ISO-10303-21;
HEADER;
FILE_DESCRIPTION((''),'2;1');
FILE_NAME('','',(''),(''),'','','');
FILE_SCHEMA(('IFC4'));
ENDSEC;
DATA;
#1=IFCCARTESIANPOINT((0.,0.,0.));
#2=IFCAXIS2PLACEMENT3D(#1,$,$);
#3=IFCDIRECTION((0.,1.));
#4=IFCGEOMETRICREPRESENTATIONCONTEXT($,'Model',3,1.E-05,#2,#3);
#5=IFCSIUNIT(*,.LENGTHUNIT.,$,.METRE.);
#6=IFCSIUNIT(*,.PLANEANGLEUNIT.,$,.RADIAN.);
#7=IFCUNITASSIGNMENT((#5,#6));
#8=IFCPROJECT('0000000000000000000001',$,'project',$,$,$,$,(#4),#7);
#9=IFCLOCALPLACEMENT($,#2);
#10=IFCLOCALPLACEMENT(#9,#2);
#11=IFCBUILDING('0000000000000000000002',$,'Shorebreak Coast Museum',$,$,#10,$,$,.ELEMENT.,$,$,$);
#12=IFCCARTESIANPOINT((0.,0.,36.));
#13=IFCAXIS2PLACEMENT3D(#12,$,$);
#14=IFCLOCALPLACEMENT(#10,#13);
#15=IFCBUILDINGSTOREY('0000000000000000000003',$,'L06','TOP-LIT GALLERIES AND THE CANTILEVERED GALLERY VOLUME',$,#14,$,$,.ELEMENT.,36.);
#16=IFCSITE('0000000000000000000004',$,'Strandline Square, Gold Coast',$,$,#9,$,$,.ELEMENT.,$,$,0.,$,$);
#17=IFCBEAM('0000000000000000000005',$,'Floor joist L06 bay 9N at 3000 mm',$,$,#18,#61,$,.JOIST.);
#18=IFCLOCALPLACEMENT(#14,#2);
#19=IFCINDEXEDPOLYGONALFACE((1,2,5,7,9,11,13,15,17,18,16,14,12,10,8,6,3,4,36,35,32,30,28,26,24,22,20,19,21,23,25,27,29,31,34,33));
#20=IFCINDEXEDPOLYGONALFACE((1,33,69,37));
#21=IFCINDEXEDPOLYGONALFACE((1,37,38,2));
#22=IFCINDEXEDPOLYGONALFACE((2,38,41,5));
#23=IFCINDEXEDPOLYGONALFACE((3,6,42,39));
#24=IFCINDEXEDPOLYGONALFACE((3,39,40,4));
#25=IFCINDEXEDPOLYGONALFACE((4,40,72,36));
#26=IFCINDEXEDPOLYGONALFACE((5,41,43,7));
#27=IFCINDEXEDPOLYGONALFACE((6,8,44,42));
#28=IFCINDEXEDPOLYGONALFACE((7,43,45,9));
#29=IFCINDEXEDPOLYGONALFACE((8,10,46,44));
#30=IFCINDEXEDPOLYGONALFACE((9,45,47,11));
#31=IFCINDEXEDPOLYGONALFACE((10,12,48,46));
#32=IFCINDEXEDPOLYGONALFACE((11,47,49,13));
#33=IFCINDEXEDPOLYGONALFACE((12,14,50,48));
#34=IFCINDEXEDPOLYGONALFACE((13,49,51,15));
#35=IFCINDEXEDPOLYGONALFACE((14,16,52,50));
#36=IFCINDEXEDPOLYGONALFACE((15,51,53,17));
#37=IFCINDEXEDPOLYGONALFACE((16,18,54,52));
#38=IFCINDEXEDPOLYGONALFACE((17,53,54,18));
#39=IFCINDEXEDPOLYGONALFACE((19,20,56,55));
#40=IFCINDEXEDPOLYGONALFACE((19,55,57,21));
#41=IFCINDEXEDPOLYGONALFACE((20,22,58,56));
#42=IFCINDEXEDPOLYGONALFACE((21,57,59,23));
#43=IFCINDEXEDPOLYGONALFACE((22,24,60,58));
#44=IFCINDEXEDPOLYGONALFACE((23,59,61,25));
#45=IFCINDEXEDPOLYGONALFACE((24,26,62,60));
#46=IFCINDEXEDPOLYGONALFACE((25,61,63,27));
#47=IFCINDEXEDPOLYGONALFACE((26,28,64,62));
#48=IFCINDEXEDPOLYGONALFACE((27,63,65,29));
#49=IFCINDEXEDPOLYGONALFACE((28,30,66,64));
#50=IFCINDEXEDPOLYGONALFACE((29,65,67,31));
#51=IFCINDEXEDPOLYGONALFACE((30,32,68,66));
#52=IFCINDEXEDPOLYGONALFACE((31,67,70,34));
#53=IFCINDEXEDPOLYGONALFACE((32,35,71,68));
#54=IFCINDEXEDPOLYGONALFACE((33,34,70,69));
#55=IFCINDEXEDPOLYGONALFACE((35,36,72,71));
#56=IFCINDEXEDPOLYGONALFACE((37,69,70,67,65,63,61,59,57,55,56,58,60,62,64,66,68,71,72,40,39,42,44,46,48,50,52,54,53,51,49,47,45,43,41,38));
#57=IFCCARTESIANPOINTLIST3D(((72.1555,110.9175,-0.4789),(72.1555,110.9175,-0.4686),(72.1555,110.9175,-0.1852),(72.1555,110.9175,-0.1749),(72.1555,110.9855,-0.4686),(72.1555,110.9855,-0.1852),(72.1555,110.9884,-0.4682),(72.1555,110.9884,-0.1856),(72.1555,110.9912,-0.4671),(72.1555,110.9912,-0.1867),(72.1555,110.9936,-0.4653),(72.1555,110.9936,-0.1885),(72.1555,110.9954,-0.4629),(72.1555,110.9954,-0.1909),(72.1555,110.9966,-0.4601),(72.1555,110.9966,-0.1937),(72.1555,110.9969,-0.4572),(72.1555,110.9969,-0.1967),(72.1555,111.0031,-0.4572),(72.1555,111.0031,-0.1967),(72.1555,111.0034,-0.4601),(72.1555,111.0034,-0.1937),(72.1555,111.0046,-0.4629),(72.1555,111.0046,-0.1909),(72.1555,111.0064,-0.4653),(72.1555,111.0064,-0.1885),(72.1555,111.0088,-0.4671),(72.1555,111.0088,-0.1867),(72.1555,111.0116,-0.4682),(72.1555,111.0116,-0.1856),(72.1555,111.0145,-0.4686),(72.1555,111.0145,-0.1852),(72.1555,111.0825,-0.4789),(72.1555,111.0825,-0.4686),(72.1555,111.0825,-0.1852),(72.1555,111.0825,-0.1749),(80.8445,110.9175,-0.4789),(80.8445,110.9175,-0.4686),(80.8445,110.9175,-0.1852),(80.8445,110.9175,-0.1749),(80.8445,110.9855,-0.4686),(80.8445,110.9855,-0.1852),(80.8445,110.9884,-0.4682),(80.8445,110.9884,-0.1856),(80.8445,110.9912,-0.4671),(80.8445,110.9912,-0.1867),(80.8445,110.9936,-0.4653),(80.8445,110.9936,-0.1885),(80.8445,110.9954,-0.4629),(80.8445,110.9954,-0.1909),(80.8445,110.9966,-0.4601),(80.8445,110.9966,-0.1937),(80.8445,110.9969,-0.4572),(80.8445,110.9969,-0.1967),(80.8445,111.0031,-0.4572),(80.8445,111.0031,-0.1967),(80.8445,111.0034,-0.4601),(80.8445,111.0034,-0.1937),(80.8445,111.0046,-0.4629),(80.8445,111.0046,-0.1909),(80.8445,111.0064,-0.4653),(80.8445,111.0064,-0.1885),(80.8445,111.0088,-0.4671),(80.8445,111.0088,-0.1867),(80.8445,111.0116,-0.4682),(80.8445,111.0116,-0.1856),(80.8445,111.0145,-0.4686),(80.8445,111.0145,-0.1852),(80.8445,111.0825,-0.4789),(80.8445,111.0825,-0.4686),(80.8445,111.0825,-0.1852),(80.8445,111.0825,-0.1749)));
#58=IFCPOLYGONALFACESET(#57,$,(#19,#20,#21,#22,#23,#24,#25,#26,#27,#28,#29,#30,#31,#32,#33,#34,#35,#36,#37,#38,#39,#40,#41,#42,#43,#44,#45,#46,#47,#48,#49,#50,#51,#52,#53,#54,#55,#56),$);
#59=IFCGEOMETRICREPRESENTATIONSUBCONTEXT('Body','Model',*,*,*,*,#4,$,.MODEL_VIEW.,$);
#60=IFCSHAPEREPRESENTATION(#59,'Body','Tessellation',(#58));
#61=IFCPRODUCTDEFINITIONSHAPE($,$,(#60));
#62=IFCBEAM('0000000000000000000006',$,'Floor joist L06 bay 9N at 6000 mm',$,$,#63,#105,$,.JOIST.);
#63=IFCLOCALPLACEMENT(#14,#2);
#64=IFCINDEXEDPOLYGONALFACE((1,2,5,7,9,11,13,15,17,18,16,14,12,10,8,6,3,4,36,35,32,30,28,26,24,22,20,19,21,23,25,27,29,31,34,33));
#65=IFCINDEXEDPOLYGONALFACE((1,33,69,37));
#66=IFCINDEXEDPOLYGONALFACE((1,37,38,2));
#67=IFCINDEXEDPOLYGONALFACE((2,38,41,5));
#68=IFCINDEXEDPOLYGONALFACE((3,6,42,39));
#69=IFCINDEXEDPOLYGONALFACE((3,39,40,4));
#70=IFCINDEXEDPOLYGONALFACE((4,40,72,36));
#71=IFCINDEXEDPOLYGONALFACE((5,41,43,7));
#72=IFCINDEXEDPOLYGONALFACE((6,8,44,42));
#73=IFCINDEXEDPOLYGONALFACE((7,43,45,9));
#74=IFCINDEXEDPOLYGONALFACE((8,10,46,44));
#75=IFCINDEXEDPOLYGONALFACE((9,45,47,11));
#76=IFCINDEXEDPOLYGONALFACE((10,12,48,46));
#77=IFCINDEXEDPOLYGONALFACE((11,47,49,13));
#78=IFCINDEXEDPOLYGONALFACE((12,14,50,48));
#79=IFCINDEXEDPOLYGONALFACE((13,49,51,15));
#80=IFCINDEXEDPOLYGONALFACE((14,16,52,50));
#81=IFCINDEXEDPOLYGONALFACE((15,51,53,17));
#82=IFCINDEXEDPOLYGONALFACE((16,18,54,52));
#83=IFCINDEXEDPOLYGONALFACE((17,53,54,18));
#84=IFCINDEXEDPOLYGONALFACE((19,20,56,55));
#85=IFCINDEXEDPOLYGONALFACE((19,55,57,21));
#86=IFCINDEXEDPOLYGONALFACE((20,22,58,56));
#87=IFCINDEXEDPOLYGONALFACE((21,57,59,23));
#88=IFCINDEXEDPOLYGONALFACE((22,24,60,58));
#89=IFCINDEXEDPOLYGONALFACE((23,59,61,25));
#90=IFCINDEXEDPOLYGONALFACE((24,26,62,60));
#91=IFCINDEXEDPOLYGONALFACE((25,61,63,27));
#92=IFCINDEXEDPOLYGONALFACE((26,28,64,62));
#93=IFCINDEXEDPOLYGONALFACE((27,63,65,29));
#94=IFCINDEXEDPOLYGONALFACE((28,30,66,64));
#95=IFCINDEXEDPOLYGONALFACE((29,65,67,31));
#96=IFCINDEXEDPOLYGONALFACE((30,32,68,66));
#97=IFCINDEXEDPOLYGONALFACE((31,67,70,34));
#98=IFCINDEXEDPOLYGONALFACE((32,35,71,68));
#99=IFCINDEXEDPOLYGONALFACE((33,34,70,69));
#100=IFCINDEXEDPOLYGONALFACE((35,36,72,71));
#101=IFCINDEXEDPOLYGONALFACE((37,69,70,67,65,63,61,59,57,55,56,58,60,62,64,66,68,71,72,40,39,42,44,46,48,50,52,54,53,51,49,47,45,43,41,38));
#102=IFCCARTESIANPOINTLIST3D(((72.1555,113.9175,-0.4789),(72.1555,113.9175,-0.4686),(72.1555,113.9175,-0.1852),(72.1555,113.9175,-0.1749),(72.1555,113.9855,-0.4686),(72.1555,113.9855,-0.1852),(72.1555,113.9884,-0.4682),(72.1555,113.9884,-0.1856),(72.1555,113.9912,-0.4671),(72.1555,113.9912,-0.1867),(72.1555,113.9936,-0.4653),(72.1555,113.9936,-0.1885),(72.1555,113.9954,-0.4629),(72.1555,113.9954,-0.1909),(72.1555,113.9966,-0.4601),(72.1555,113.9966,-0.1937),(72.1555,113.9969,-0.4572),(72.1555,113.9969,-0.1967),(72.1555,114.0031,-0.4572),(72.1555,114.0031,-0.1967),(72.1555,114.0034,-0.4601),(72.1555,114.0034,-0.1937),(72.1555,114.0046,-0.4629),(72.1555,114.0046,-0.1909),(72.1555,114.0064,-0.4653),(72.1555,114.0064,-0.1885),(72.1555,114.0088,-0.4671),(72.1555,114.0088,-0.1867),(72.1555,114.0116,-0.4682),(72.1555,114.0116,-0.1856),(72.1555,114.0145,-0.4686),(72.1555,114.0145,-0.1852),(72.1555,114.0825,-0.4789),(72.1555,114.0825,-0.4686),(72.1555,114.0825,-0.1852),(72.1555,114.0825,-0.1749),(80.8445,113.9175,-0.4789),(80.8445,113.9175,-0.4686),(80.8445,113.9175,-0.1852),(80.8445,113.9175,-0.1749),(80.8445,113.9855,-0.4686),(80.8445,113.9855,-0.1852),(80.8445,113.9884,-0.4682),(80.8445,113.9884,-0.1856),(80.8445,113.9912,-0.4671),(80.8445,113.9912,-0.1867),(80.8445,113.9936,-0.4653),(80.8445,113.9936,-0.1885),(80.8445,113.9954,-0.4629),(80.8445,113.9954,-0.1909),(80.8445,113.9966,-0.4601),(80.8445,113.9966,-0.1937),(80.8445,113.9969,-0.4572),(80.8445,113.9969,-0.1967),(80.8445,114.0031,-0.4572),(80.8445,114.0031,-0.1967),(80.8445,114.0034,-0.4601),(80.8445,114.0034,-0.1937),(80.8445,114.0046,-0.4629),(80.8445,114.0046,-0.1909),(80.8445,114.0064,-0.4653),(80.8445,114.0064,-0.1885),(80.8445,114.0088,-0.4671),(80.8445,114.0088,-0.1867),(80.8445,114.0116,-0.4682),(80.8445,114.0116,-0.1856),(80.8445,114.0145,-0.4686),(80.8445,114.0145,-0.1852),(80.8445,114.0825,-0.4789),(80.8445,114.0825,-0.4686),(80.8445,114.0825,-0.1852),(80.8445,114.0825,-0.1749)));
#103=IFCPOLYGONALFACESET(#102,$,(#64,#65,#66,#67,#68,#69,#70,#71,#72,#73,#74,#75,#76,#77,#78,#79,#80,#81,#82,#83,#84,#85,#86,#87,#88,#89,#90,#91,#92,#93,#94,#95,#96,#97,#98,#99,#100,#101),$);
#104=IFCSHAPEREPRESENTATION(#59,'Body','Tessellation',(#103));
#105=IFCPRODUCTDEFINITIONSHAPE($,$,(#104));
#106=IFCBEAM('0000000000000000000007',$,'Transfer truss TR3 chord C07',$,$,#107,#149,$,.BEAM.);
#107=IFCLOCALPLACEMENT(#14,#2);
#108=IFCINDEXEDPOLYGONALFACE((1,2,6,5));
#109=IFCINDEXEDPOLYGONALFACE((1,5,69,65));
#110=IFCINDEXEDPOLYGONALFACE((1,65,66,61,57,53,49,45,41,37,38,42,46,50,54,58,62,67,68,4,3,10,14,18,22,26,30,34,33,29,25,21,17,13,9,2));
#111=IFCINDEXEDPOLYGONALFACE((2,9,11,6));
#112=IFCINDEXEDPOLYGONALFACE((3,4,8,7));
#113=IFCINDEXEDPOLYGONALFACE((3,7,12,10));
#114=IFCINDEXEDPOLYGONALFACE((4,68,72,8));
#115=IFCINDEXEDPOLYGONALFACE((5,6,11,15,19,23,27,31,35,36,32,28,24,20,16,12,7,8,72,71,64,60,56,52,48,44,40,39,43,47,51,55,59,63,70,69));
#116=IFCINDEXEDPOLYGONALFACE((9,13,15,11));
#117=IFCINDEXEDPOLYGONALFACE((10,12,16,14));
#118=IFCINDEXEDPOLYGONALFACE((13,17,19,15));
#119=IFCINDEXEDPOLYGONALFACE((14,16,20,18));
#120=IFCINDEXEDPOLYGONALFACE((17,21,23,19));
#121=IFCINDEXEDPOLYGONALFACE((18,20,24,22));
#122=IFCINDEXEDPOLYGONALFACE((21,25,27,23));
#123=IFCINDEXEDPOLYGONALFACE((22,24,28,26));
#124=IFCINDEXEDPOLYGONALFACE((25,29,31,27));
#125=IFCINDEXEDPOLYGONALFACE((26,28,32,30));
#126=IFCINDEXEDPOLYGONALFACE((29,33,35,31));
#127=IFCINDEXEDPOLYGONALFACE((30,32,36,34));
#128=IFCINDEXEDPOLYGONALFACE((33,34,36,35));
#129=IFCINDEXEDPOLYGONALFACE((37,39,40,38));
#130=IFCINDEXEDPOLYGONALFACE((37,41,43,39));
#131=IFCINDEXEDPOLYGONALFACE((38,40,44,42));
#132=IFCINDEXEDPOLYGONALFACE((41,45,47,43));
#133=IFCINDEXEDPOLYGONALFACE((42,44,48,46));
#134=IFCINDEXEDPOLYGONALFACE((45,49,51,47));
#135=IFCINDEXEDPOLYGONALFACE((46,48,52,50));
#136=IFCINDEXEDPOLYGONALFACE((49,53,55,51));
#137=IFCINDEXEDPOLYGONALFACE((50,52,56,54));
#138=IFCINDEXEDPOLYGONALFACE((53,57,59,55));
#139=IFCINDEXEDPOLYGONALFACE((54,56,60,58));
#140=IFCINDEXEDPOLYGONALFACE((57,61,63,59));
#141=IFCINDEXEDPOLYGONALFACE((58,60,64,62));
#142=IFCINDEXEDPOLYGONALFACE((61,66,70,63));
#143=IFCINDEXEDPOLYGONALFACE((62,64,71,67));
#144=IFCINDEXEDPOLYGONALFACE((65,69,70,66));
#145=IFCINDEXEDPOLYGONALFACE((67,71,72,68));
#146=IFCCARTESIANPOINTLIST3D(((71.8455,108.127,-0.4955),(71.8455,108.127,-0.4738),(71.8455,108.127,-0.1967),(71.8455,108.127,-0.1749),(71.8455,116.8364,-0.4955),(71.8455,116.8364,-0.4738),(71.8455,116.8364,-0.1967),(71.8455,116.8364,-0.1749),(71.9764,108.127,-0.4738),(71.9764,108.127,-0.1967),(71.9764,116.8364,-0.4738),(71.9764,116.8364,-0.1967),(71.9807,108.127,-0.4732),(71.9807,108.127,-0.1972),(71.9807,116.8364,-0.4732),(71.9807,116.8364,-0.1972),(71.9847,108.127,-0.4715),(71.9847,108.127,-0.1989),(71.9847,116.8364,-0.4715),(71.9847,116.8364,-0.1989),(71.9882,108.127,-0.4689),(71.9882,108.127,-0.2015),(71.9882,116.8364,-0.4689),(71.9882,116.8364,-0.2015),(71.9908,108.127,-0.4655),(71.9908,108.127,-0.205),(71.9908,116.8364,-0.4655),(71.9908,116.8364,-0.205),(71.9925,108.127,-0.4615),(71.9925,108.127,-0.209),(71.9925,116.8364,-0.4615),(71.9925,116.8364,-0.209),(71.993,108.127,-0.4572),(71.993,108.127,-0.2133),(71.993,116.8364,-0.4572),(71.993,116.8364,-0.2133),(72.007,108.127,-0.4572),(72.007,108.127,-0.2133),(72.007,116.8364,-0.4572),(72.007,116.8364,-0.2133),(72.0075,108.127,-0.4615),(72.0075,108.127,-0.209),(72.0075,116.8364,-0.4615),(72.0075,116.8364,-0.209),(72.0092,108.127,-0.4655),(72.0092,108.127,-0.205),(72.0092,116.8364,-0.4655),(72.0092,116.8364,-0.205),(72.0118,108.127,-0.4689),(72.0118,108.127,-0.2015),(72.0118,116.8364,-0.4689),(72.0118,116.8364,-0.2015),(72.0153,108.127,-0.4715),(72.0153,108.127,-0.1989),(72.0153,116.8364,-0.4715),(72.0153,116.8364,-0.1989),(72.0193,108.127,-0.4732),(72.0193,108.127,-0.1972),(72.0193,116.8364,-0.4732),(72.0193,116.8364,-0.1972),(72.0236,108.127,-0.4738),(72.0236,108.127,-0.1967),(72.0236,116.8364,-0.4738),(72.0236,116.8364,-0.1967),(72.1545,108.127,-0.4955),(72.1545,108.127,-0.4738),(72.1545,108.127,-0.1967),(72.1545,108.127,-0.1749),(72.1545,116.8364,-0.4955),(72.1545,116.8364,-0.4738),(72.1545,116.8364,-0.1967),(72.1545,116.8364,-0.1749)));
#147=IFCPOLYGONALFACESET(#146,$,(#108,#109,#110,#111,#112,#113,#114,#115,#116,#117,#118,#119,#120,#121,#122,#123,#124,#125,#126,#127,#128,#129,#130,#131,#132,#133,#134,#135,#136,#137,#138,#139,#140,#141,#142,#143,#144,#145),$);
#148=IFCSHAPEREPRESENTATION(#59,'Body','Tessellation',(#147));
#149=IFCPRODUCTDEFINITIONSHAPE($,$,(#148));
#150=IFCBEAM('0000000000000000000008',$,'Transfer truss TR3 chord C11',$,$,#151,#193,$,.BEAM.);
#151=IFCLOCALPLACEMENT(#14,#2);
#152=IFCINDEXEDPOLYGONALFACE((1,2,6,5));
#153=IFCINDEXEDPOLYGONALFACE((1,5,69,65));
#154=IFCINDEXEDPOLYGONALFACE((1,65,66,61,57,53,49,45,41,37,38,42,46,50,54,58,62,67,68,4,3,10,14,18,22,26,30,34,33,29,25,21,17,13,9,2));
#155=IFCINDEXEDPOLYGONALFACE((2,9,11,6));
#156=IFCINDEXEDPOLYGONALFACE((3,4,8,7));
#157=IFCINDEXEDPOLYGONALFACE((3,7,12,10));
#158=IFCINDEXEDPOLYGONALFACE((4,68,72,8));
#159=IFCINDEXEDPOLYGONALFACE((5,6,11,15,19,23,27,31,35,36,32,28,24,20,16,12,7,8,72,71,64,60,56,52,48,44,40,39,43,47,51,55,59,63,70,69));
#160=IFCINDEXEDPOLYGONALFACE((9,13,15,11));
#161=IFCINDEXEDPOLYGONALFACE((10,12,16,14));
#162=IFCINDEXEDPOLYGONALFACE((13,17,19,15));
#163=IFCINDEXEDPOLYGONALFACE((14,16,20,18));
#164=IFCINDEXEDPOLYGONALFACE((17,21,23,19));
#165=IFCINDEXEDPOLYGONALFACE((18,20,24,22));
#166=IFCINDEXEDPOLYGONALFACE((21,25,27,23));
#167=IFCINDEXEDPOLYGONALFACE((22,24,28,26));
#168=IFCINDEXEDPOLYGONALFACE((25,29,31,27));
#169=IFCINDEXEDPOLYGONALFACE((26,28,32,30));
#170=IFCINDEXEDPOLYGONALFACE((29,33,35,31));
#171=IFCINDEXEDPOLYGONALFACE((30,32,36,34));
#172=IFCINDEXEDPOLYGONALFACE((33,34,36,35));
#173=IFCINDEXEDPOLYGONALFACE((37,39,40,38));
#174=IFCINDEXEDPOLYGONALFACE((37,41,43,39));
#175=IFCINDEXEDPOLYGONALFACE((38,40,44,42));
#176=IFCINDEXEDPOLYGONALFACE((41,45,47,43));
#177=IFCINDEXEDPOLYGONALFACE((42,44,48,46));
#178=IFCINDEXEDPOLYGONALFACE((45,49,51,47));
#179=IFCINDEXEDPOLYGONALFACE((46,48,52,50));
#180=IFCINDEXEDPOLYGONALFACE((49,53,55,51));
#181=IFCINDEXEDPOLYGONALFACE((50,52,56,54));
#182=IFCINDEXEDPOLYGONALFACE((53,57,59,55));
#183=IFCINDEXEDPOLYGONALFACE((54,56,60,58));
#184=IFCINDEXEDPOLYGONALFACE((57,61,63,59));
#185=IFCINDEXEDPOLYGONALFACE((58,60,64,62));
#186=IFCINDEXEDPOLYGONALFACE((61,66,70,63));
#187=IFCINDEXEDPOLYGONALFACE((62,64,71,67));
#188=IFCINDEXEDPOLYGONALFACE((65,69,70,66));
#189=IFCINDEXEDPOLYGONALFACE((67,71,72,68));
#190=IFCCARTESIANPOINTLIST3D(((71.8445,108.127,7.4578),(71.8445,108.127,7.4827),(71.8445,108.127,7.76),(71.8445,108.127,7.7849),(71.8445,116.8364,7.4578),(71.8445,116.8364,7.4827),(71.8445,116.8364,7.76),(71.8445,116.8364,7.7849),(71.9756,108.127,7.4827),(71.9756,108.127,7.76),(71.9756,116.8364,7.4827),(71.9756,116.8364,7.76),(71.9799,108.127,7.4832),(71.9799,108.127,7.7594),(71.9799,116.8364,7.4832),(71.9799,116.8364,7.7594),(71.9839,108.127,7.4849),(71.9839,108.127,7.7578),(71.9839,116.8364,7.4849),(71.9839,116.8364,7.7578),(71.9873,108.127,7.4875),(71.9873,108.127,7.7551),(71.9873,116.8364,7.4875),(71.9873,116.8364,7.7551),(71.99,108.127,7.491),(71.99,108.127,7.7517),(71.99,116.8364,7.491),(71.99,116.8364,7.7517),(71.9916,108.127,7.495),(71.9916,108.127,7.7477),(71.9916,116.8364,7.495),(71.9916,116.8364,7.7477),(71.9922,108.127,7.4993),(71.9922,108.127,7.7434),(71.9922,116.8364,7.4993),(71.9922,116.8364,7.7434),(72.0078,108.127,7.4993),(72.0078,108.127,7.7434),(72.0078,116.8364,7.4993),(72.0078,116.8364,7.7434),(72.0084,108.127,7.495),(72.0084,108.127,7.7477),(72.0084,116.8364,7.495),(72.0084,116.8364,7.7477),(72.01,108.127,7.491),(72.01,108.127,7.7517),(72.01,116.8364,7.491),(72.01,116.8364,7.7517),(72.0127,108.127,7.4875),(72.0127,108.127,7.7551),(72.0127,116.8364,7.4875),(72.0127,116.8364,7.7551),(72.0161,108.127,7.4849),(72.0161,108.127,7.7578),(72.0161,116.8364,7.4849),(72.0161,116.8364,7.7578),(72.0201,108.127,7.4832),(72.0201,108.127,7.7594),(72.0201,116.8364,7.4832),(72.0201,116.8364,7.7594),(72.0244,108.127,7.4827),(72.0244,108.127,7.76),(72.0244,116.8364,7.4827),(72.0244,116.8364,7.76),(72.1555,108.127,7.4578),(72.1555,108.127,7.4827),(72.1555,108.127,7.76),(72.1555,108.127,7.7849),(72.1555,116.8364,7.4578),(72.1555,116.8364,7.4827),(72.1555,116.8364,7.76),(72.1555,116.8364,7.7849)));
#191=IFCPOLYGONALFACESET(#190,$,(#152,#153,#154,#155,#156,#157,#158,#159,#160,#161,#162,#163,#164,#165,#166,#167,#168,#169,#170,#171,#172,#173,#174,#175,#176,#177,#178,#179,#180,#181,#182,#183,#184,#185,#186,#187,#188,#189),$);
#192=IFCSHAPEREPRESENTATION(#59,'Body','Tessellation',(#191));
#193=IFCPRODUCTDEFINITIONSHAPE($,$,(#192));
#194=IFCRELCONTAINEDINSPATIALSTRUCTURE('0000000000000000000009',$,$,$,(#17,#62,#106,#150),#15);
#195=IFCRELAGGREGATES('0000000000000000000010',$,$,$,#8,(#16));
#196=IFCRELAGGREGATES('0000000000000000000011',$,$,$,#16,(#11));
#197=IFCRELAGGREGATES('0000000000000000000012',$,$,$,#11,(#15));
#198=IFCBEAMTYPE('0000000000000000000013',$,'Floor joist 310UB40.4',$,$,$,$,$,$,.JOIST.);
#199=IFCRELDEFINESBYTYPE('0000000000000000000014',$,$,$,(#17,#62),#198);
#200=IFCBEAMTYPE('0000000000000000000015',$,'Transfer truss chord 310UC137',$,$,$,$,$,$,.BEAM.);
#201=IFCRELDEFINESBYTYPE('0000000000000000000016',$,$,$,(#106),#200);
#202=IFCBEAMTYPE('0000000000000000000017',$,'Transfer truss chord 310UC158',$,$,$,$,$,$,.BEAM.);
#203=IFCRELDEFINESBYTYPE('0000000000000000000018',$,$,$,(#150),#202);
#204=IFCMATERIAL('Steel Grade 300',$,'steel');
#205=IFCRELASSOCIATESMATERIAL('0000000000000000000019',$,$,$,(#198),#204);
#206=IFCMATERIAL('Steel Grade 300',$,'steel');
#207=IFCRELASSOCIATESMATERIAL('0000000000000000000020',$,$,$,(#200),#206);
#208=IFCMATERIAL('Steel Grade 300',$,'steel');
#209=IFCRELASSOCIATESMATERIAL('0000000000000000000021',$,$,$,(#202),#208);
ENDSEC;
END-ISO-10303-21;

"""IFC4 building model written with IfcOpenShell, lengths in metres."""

from ifc_helpers import new_model, si_unit, direction, frame, origin, origin_2d, place, context, subcontext, project, spatial, i_section, extrude, material, material_profile, profile_set, type_object, element, save


model = new_model("IFC4")

# Units and contexts
model_context = context("Model", 3, precision=1e-05, world=origin(), true_north=direction((0.0, 1.0)))
body_context = subcontext(model_context, "Body", "Model", "MODEL_VIEW")
ifc_project = project(units=[si_unit("LENGTHUNIT", "METRE"), si_unit("PLANEANGLEUNIT", "RADIAN")], contexts=[model_context])

# Site, building, storey
site_placement = place(None, origin())
site = spatial("IfcSite", under=ifc_project, at=site_placement, Name="Strandline Square, Gold Coast", CompositionType="ELEMENT", RefElevation=0.0)
building_placement = place(site_placement, origin())
building = spatial("IfcBuilding", under=site, at=building_placement, Name="Shorebreak Coast Museum", CompositionType="ELEMENT")
storey_placement = place(building_placement, frame((0.0, 0.0, 36.0)))
storey = spatial("IfcBuildingStorey", under=building, at=storey_placement, Name="L06", Description="TOP-LIT GALLERIES AND THE CANTILEVERED GALLERY VOLUME", CompositionType="ELEMENT", Elevation=36.0)

# Beams
ifc_material_1 = material(Name="Steel Grade 300", Category="steel")
ifc_material_profile_1 = material_profile(ifc_material_1, i_section(OverallWidth=0.165, OverallDepth=0.304, WebThickness=0.0061, FlangeThickness=0.0103, FilletRadius=0.0115, at=origin_2d()), Name="310UB40.4")
ifc_profile_set_1 = profile_set([ifc_material_profile_1], Name="Steel Grade 300")
beam_type_1 = type_object("IfcBeamType", Name="Floor joist 310UB40.4", PredefinedType="JOIST", material=ifc_profile_set_1)
for number, where, z_axis, x_axis, name in (
    (1, (72.1555, 111.0, -0.3269), (1.0, 0.0, 0.0), (0.0, 1.0, 0.0), "Floor joist L06 bay 9N at 3000 mm"),
    (2, (72.1555, 114.0, -0.3269), (1.0, 0.0, 0.0), (0.0, 1.0, 0.0), "Floor joist L06 bay 9N at 6000 mm"),
):
    element("IfcBeam", number, at=place(storey_placement, frame(where, z_axis=z_axis, x_axis=x_axis)), inside=storey, type_object=beam_type_1, Name=name, PredefinedType="JOIST", context=body_context, shape_type="SweptSolid", body=[
        extrude(i_section(OverallWidth=0.165, OverallDepth=0.304, WebThickness=0.0061, FlangeThickness=0.0103, FilletRadius=0.0115, at=origin_2d()), origin(), (0.0, 0.0, 1.0), 8.689),
    ])
ifc_material_2 = material(Name="Steel Grade 300", Category="steel")
ifc_material_profile_2 = material_profile(ifc_material_2, i_section(OverallWidth=0.3091, OverallDepth=0.3206, WebThickness=0.0139, FlangeThickness=0.0217, FilletRadius=0.0166, at=origin_2d()), Name="310UC137")
ifc_profile_set_2 = profile_set([ifc_material_profile_2], Name="Steel Grade 300")
beam_type_2 = type_object("IfcBeamType", Name="Transfer truss chord 310UC137", PredefinedType="BEAM", material=ifc_profile_set_2)
beam_1_placement = place(storey_placement, frame((72.0, 108.127, -0.3352), z_axis=(0.0, 1.0, 0.0), x_axis=(-1.0, 0.0, 0.0)))
element("IfcBeam", 3, at=beam_1_placement, inside=storey, type_object=beam_type_2, Name="Transfer truss TR3 chord C07", PredefinedType="BEAM", context=body_context, shape_type="SweptSolid", body=[
    extrude(i_section(OverallWidth=0.3091, OverallDepth=0.3206, WebThickness=0.0139, FlangeThickness=0.0217, FilletRadius=0.0166, at=origin_2d()), origin(), (0.0, 0.0, 1.0), 8.7095),
])
ifc_material_3 = material(Name="Steel Grade 300", Category="steel")
ifc_material_profile_3 = material_profile(ifc_material_3, i_section(OverallWidth=0.311, OverallDepth=0.3271, WebThickness=0.0156, FlangeThickness=0.0249, FilletRadius=0.0166, at=origin_2d()), Name="310UC158")
ifc_profile_set_3 = profile_set([ifc_material_profile_3], Name="Steel Grade 300")
beam_type_3 = type_object("IfcBeamType", Name="Transfer truss chord 310UC158", PredefinedType="BEAM", material=ifc_profile_set_3)
beam_2_placement = place(storey_placement, frame((72.0, 108.127, 7.6213), z_axis=(0.0, 1.0, 0.0), x_axis=(-1.0, 0.0, 0.0)))
element("IfcBeam", 4, at=beam_2_placement, inside=storey, type_object=beam_type_3, Name="Transfer truss TR3 chord C11", PredefinedType="BEAM", context=body_context, shape_type="SweptSolid", body=[
    extrude(i_section(OverallWidth=0.311, OverallDepth=0.3271, WebThickness=0.0156, FlangeThickness=0.0249, FilletRadius=0.0166, at=origin_2d()), origin(), (0.0, 0.0, 1.0), 8.7095),
])

save(model, "model.ifc")
